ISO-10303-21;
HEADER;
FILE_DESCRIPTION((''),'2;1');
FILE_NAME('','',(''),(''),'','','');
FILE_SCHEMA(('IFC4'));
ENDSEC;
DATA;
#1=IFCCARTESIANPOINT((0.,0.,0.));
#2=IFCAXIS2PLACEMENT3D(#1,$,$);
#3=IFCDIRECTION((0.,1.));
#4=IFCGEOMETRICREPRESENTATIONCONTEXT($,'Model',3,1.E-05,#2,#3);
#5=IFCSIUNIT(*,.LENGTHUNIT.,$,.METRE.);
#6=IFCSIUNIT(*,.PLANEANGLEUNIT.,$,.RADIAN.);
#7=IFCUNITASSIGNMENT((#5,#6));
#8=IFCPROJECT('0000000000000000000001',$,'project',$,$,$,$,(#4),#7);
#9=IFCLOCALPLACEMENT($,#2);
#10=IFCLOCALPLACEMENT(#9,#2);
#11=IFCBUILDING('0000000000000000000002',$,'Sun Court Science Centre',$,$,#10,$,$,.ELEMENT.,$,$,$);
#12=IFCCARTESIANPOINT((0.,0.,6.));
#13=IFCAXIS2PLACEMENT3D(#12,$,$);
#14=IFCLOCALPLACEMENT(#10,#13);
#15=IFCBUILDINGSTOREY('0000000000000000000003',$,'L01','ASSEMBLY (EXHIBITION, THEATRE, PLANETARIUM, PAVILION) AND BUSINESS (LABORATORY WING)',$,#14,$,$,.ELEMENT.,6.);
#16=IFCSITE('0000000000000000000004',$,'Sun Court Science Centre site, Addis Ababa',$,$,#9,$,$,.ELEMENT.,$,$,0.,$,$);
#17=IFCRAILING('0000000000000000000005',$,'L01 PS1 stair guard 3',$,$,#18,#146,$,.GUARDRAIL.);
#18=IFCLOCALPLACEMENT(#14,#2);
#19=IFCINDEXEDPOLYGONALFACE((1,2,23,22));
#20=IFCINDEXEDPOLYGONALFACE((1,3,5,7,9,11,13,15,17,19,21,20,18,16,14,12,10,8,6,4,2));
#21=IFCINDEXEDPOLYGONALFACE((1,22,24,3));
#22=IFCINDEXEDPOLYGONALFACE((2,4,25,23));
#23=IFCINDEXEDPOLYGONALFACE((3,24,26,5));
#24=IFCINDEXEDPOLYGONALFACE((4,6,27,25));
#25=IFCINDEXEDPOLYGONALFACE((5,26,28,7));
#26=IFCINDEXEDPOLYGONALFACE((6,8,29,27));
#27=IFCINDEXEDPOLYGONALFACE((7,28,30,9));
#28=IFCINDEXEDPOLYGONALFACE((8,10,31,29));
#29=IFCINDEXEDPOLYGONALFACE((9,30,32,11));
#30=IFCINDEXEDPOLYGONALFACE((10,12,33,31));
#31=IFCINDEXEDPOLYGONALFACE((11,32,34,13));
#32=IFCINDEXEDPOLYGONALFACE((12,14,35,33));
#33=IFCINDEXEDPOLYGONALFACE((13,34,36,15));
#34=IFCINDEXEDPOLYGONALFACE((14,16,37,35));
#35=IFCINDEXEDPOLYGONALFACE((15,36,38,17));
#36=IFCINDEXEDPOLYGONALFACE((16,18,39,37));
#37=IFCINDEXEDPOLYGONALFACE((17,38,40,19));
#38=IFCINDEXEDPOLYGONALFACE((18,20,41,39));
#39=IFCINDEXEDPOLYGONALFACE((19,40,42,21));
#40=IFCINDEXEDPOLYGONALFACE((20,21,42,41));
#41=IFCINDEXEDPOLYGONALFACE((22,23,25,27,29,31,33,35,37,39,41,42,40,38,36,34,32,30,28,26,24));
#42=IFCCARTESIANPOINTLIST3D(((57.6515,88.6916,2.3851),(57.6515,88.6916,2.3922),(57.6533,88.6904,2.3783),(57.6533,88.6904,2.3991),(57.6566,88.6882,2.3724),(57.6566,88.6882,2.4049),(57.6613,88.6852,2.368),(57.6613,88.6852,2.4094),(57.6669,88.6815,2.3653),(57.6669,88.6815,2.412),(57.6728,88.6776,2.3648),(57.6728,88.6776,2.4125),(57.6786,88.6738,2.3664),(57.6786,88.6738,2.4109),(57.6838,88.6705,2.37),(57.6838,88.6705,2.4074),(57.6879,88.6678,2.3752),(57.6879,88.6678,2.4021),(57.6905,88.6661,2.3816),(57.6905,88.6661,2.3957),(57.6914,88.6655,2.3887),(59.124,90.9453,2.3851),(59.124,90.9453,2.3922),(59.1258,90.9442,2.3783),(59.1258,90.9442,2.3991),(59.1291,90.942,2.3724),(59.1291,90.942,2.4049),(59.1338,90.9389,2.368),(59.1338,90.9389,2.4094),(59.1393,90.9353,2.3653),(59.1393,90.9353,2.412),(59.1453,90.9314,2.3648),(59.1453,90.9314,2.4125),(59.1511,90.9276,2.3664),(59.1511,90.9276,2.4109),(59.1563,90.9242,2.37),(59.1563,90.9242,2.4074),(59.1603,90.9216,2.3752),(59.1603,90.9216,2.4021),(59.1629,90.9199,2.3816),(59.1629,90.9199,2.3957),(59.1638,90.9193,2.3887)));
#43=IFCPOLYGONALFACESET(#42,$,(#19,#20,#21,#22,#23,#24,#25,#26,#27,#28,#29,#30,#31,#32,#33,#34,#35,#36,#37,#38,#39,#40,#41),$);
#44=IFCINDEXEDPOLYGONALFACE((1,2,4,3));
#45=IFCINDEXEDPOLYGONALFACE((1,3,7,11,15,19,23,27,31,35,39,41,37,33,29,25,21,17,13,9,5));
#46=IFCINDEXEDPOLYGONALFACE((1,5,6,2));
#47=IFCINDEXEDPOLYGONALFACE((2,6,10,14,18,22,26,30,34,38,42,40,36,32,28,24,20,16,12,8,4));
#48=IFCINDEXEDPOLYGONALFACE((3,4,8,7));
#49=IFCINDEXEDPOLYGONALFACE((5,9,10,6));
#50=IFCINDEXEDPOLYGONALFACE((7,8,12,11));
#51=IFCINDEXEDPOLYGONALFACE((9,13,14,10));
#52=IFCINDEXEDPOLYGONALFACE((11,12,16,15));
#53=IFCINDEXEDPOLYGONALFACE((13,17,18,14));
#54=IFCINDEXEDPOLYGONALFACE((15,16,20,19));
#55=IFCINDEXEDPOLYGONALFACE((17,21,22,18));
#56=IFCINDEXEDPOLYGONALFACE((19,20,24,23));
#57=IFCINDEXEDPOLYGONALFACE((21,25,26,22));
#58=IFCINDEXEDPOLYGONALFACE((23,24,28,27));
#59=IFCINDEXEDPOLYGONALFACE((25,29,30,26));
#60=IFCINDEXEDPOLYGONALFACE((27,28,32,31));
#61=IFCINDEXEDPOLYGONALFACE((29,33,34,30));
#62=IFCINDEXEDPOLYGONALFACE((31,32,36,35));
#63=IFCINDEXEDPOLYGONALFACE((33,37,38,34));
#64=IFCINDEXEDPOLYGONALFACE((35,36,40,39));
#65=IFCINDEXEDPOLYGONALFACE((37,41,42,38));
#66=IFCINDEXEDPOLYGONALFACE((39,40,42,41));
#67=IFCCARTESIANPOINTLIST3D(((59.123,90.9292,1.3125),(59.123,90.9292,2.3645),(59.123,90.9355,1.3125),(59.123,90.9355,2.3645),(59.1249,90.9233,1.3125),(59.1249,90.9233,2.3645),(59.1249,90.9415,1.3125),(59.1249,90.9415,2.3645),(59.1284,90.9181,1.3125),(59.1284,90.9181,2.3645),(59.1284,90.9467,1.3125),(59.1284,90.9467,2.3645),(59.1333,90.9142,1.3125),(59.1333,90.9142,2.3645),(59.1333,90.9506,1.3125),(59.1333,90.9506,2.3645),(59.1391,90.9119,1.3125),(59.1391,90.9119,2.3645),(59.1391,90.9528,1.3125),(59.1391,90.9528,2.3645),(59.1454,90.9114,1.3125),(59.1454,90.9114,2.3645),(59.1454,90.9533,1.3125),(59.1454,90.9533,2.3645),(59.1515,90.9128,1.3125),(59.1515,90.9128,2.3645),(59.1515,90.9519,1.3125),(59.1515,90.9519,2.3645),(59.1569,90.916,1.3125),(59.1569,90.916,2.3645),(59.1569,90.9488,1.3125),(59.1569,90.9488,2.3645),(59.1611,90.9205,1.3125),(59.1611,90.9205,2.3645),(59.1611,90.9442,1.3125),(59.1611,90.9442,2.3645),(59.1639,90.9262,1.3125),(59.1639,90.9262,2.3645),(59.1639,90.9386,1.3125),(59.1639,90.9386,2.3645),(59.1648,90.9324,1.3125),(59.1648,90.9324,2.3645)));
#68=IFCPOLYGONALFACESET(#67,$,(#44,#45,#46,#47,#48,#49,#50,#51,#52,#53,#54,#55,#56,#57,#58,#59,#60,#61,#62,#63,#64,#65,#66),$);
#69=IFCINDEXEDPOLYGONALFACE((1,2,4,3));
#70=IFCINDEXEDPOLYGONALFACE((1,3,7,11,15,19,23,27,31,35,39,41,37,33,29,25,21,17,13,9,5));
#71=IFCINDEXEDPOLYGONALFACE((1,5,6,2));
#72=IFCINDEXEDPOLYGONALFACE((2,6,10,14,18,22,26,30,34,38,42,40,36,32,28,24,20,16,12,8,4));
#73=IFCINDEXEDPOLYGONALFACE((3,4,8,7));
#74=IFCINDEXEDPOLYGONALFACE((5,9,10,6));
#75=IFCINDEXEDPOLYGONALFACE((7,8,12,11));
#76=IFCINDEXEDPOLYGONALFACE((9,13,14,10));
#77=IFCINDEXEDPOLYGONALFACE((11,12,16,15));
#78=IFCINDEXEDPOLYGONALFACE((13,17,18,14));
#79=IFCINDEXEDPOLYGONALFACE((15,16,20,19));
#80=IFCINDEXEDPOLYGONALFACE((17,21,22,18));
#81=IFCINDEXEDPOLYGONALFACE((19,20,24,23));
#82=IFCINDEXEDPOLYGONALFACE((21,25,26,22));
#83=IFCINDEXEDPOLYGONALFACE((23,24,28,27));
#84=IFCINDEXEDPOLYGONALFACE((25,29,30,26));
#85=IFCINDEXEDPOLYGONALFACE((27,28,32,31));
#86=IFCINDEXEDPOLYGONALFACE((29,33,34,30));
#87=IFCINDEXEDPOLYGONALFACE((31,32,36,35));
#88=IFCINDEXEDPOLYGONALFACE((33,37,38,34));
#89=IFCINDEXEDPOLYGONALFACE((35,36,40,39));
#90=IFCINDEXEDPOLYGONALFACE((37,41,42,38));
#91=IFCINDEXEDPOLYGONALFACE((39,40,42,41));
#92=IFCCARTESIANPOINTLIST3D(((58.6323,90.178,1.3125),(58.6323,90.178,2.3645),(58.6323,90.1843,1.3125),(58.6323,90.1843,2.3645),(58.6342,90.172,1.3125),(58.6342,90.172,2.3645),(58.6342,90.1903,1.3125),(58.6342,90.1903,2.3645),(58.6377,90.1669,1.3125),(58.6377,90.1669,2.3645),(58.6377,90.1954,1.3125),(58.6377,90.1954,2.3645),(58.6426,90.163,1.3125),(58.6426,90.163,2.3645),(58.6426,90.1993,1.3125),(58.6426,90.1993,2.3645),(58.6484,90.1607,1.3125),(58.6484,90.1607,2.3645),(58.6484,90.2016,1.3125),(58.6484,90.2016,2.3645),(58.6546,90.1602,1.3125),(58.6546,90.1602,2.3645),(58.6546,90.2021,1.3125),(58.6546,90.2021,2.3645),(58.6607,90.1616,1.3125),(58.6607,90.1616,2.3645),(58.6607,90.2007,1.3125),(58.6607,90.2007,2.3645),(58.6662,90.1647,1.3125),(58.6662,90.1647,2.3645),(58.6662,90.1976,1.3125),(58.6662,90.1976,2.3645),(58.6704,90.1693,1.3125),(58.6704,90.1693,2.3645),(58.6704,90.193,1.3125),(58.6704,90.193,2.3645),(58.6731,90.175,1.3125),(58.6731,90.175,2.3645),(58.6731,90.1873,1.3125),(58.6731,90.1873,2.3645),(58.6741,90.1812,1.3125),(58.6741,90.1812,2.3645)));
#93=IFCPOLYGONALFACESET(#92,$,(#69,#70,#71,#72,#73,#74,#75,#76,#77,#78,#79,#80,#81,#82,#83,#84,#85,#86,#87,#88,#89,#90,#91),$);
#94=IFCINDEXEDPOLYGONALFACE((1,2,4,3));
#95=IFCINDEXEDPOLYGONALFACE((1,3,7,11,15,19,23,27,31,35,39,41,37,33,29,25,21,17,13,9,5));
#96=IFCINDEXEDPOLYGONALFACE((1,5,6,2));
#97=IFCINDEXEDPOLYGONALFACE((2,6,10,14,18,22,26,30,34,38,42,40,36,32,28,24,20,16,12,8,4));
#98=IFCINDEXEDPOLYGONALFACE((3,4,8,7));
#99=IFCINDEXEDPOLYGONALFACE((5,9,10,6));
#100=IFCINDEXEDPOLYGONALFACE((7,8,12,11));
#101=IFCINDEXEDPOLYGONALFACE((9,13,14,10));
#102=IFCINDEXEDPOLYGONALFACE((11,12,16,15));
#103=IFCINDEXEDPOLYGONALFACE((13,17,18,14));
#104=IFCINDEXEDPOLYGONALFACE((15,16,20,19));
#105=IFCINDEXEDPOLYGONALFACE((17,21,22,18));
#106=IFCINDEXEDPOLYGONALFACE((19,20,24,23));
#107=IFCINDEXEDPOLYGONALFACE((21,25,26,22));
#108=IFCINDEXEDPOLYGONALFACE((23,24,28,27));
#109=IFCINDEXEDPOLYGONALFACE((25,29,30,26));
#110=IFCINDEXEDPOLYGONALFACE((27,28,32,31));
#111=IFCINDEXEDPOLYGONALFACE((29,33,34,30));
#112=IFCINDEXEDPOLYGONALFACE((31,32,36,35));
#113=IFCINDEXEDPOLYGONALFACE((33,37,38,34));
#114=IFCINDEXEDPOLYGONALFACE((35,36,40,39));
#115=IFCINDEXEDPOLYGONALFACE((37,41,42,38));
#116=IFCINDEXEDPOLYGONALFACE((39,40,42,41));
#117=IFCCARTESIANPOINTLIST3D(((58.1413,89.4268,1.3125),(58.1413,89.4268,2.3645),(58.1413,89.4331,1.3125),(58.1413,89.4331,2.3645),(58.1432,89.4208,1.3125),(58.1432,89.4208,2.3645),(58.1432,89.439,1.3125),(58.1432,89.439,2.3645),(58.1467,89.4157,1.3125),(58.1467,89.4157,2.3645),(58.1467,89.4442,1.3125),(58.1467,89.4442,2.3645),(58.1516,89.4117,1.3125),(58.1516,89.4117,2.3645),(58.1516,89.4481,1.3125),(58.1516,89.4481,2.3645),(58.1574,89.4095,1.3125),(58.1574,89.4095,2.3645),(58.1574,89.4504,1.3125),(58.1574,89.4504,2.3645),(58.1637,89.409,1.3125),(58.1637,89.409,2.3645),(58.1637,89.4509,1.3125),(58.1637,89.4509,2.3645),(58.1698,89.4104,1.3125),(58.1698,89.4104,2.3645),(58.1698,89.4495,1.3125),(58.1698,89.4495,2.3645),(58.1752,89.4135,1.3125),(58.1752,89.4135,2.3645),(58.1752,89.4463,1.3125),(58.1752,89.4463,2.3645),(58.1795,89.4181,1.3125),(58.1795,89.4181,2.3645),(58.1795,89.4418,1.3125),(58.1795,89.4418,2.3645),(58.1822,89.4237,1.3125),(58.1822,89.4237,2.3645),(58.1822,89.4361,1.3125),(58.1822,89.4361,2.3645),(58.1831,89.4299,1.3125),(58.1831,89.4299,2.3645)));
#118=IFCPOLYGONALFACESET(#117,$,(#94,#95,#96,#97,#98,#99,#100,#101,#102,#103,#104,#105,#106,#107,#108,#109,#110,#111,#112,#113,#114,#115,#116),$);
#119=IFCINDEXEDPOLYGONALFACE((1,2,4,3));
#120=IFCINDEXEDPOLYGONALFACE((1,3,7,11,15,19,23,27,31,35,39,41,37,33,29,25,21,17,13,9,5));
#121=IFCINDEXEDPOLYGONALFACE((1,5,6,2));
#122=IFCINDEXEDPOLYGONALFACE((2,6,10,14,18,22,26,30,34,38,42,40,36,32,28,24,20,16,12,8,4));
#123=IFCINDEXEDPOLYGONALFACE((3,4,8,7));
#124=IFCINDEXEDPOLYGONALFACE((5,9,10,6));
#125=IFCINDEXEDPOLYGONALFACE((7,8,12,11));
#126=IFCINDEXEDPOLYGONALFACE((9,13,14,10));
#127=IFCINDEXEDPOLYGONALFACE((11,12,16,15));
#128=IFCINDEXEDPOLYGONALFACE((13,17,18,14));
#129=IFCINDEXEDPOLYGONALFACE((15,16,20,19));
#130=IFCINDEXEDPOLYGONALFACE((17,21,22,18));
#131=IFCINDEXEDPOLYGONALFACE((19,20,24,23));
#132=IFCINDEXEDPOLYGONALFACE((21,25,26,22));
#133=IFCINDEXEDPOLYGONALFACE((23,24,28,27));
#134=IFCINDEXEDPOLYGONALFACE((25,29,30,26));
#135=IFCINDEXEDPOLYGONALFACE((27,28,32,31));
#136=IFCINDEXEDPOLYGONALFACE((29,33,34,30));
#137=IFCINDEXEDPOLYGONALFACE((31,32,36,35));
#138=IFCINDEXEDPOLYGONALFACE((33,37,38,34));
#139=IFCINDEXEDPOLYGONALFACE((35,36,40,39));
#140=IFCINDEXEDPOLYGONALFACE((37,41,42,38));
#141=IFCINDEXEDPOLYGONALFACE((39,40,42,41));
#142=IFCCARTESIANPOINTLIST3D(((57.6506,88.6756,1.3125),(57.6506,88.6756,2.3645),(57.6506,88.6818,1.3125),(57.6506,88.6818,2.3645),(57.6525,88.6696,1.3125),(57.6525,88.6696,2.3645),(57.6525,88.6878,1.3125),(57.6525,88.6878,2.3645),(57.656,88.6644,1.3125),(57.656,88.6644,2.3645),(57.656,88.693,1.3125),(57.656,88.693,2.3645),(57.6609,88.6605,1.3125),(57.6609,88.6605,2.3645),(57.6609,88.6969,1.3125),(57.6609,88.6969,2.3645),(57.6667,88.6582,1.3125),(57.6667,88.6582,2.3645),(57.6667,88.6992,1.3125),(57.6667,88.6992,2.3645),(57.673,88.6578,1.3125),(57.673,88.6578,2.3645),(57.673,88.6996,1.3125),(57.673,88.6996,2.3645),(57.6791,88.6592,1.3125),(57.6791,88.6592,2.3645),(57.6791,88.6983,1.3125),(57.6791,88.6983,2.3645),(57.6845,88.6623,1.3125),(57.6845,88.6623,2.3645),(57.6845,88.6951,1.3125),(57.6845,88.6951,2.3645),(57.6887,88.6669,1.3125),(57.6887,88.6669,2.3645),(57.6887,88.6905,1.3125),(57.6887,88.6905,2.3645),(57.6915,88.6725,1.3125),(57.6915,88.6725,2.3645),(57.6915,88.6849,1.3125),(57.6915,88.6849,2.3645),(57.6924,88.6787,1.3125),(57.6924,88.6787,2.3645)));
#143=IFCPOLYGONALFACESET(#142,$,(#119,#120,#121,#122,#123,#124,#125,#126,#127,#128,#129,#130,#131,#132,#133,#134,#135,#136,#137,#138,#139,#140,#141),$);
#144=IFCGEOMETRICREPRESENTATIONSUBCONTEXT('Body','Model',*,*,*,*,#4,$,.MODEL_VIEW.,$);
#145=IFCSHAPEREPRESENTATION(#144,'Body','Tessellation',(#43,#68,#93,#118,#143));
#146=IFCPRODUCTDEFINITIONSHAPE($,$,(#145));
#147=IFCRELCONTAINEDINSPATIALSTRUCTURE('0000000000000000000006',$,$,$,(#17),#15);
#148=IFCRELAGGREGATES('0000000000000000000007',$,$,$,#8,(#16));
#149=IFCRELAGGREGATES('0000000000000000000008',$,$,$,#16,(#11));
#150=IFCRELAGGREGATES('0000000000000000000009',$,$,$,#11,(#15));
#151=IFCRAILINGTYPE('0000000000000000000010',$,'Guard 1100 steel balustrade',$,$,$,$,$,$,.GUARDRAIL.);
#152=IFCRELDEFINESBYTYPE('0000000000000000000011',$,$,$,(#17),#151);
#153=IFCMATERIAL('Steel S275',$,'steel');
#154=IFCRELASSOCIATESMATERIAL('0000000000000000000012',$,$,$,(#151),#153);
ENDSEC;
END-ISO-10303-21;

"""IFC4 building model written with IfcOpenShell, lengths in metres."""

from ifc_helpers import new_model, si_unit, direction, frame, origin, origin_2d, place, context, subcontext, project, spatial, circle, extrude, material, type_object, element, save


model = new_model("IFC4")

# Units and contexts
model_context = context("Model", 3, precision=1e-05, world=origin(), true_north=direction((0.0, 1.0)))
body_context = subcontext(model_context, "Body", "Model", "MODEL_VIEW")
ifc_project = project(units=[si_unit("LENGTHUNIT", "METRE"), si_unit("PLANEANGLEUNIT", "RADIAN")], contexts=[model_context])

# Site, building, storey
site_placement = place(None, origin())
site = spatial("IfcSite", under=ifc_project, at=site_placement, Name="Sun Court Science Centre site, Addis Ababa", CompositionType="ELEMENT", RefElevation=0.0)
building_placement = place(site_placement, origin())
building = spatial("IfcBuilding", under=site, at=building_placement, Name="Sun Court Science Centre", CompositionType="ELEMENT")
storey_placement = place(building_placement, frame((0.0, 0.0, 6.0)))
storey = spatial("IfcBuildingStorey", under=building, at=storey_placement, Name="L01", Description="ASSEMBLY (EXHIBITION, THEATRE, PLANETARIUM, PAVILION) AND BUSINESS (LABORATORY WING)", CompositionType="ELEMENT", Elevation=6.0)

# Railing
ifc_material_1 = material(Name="Steel S275", Category="steel")
railing_type_1 = type_object("IfcRailingType", Name="Guard 1100 steel balustrade", PredefinedType="GUARDRAIL", material=ifc_material_1)
railing_1_placement = place(storey_placement, frame((59.1438, 90.9324, 1.3125)))
element("IfcRailing", 1, at=railing_1_placement, inside=storey, type_object=railing_type_1, Name="L01 PS1 stair guard 3", PredefinedType="GUARDRAIL", context=body_context, shape_type="SweptSolid", body=[
    extrude(circle(Radius=0.0239, at=origin_2d()), frame((0.0, 0.0, 1.0762), z_axis=(-0.546954, -0.837163, 0.0), x_axis=(0.837163, -0.546954, 0.0)), (0.0, 0.0, 1.0), 2.6921),
    extrude(circle(Radius=0.021, at=origin_2d()), origin(), (0.0, 0.0, 1.0), 1.052),
    extrude(circle(Radius=0.021, at=origin_2d()), frame((-0.4907, -0.7512, 0.0)), (0.0, 0.0, 1.0), 1.052),
    extrude(circle(Radius=0.021, at=origin_2d()), frame((-0.9817, -1.5024, 0.0)), (0.0, 0.0, 1.0), 1.052),
    extrude(circle(Radius=0.021, at=origin_2d()), frame((-1.4724, -2.2537, 0.0)), (0.0, 0.0, 1.0), 1.052),
])

save(model, "model.ifc")
